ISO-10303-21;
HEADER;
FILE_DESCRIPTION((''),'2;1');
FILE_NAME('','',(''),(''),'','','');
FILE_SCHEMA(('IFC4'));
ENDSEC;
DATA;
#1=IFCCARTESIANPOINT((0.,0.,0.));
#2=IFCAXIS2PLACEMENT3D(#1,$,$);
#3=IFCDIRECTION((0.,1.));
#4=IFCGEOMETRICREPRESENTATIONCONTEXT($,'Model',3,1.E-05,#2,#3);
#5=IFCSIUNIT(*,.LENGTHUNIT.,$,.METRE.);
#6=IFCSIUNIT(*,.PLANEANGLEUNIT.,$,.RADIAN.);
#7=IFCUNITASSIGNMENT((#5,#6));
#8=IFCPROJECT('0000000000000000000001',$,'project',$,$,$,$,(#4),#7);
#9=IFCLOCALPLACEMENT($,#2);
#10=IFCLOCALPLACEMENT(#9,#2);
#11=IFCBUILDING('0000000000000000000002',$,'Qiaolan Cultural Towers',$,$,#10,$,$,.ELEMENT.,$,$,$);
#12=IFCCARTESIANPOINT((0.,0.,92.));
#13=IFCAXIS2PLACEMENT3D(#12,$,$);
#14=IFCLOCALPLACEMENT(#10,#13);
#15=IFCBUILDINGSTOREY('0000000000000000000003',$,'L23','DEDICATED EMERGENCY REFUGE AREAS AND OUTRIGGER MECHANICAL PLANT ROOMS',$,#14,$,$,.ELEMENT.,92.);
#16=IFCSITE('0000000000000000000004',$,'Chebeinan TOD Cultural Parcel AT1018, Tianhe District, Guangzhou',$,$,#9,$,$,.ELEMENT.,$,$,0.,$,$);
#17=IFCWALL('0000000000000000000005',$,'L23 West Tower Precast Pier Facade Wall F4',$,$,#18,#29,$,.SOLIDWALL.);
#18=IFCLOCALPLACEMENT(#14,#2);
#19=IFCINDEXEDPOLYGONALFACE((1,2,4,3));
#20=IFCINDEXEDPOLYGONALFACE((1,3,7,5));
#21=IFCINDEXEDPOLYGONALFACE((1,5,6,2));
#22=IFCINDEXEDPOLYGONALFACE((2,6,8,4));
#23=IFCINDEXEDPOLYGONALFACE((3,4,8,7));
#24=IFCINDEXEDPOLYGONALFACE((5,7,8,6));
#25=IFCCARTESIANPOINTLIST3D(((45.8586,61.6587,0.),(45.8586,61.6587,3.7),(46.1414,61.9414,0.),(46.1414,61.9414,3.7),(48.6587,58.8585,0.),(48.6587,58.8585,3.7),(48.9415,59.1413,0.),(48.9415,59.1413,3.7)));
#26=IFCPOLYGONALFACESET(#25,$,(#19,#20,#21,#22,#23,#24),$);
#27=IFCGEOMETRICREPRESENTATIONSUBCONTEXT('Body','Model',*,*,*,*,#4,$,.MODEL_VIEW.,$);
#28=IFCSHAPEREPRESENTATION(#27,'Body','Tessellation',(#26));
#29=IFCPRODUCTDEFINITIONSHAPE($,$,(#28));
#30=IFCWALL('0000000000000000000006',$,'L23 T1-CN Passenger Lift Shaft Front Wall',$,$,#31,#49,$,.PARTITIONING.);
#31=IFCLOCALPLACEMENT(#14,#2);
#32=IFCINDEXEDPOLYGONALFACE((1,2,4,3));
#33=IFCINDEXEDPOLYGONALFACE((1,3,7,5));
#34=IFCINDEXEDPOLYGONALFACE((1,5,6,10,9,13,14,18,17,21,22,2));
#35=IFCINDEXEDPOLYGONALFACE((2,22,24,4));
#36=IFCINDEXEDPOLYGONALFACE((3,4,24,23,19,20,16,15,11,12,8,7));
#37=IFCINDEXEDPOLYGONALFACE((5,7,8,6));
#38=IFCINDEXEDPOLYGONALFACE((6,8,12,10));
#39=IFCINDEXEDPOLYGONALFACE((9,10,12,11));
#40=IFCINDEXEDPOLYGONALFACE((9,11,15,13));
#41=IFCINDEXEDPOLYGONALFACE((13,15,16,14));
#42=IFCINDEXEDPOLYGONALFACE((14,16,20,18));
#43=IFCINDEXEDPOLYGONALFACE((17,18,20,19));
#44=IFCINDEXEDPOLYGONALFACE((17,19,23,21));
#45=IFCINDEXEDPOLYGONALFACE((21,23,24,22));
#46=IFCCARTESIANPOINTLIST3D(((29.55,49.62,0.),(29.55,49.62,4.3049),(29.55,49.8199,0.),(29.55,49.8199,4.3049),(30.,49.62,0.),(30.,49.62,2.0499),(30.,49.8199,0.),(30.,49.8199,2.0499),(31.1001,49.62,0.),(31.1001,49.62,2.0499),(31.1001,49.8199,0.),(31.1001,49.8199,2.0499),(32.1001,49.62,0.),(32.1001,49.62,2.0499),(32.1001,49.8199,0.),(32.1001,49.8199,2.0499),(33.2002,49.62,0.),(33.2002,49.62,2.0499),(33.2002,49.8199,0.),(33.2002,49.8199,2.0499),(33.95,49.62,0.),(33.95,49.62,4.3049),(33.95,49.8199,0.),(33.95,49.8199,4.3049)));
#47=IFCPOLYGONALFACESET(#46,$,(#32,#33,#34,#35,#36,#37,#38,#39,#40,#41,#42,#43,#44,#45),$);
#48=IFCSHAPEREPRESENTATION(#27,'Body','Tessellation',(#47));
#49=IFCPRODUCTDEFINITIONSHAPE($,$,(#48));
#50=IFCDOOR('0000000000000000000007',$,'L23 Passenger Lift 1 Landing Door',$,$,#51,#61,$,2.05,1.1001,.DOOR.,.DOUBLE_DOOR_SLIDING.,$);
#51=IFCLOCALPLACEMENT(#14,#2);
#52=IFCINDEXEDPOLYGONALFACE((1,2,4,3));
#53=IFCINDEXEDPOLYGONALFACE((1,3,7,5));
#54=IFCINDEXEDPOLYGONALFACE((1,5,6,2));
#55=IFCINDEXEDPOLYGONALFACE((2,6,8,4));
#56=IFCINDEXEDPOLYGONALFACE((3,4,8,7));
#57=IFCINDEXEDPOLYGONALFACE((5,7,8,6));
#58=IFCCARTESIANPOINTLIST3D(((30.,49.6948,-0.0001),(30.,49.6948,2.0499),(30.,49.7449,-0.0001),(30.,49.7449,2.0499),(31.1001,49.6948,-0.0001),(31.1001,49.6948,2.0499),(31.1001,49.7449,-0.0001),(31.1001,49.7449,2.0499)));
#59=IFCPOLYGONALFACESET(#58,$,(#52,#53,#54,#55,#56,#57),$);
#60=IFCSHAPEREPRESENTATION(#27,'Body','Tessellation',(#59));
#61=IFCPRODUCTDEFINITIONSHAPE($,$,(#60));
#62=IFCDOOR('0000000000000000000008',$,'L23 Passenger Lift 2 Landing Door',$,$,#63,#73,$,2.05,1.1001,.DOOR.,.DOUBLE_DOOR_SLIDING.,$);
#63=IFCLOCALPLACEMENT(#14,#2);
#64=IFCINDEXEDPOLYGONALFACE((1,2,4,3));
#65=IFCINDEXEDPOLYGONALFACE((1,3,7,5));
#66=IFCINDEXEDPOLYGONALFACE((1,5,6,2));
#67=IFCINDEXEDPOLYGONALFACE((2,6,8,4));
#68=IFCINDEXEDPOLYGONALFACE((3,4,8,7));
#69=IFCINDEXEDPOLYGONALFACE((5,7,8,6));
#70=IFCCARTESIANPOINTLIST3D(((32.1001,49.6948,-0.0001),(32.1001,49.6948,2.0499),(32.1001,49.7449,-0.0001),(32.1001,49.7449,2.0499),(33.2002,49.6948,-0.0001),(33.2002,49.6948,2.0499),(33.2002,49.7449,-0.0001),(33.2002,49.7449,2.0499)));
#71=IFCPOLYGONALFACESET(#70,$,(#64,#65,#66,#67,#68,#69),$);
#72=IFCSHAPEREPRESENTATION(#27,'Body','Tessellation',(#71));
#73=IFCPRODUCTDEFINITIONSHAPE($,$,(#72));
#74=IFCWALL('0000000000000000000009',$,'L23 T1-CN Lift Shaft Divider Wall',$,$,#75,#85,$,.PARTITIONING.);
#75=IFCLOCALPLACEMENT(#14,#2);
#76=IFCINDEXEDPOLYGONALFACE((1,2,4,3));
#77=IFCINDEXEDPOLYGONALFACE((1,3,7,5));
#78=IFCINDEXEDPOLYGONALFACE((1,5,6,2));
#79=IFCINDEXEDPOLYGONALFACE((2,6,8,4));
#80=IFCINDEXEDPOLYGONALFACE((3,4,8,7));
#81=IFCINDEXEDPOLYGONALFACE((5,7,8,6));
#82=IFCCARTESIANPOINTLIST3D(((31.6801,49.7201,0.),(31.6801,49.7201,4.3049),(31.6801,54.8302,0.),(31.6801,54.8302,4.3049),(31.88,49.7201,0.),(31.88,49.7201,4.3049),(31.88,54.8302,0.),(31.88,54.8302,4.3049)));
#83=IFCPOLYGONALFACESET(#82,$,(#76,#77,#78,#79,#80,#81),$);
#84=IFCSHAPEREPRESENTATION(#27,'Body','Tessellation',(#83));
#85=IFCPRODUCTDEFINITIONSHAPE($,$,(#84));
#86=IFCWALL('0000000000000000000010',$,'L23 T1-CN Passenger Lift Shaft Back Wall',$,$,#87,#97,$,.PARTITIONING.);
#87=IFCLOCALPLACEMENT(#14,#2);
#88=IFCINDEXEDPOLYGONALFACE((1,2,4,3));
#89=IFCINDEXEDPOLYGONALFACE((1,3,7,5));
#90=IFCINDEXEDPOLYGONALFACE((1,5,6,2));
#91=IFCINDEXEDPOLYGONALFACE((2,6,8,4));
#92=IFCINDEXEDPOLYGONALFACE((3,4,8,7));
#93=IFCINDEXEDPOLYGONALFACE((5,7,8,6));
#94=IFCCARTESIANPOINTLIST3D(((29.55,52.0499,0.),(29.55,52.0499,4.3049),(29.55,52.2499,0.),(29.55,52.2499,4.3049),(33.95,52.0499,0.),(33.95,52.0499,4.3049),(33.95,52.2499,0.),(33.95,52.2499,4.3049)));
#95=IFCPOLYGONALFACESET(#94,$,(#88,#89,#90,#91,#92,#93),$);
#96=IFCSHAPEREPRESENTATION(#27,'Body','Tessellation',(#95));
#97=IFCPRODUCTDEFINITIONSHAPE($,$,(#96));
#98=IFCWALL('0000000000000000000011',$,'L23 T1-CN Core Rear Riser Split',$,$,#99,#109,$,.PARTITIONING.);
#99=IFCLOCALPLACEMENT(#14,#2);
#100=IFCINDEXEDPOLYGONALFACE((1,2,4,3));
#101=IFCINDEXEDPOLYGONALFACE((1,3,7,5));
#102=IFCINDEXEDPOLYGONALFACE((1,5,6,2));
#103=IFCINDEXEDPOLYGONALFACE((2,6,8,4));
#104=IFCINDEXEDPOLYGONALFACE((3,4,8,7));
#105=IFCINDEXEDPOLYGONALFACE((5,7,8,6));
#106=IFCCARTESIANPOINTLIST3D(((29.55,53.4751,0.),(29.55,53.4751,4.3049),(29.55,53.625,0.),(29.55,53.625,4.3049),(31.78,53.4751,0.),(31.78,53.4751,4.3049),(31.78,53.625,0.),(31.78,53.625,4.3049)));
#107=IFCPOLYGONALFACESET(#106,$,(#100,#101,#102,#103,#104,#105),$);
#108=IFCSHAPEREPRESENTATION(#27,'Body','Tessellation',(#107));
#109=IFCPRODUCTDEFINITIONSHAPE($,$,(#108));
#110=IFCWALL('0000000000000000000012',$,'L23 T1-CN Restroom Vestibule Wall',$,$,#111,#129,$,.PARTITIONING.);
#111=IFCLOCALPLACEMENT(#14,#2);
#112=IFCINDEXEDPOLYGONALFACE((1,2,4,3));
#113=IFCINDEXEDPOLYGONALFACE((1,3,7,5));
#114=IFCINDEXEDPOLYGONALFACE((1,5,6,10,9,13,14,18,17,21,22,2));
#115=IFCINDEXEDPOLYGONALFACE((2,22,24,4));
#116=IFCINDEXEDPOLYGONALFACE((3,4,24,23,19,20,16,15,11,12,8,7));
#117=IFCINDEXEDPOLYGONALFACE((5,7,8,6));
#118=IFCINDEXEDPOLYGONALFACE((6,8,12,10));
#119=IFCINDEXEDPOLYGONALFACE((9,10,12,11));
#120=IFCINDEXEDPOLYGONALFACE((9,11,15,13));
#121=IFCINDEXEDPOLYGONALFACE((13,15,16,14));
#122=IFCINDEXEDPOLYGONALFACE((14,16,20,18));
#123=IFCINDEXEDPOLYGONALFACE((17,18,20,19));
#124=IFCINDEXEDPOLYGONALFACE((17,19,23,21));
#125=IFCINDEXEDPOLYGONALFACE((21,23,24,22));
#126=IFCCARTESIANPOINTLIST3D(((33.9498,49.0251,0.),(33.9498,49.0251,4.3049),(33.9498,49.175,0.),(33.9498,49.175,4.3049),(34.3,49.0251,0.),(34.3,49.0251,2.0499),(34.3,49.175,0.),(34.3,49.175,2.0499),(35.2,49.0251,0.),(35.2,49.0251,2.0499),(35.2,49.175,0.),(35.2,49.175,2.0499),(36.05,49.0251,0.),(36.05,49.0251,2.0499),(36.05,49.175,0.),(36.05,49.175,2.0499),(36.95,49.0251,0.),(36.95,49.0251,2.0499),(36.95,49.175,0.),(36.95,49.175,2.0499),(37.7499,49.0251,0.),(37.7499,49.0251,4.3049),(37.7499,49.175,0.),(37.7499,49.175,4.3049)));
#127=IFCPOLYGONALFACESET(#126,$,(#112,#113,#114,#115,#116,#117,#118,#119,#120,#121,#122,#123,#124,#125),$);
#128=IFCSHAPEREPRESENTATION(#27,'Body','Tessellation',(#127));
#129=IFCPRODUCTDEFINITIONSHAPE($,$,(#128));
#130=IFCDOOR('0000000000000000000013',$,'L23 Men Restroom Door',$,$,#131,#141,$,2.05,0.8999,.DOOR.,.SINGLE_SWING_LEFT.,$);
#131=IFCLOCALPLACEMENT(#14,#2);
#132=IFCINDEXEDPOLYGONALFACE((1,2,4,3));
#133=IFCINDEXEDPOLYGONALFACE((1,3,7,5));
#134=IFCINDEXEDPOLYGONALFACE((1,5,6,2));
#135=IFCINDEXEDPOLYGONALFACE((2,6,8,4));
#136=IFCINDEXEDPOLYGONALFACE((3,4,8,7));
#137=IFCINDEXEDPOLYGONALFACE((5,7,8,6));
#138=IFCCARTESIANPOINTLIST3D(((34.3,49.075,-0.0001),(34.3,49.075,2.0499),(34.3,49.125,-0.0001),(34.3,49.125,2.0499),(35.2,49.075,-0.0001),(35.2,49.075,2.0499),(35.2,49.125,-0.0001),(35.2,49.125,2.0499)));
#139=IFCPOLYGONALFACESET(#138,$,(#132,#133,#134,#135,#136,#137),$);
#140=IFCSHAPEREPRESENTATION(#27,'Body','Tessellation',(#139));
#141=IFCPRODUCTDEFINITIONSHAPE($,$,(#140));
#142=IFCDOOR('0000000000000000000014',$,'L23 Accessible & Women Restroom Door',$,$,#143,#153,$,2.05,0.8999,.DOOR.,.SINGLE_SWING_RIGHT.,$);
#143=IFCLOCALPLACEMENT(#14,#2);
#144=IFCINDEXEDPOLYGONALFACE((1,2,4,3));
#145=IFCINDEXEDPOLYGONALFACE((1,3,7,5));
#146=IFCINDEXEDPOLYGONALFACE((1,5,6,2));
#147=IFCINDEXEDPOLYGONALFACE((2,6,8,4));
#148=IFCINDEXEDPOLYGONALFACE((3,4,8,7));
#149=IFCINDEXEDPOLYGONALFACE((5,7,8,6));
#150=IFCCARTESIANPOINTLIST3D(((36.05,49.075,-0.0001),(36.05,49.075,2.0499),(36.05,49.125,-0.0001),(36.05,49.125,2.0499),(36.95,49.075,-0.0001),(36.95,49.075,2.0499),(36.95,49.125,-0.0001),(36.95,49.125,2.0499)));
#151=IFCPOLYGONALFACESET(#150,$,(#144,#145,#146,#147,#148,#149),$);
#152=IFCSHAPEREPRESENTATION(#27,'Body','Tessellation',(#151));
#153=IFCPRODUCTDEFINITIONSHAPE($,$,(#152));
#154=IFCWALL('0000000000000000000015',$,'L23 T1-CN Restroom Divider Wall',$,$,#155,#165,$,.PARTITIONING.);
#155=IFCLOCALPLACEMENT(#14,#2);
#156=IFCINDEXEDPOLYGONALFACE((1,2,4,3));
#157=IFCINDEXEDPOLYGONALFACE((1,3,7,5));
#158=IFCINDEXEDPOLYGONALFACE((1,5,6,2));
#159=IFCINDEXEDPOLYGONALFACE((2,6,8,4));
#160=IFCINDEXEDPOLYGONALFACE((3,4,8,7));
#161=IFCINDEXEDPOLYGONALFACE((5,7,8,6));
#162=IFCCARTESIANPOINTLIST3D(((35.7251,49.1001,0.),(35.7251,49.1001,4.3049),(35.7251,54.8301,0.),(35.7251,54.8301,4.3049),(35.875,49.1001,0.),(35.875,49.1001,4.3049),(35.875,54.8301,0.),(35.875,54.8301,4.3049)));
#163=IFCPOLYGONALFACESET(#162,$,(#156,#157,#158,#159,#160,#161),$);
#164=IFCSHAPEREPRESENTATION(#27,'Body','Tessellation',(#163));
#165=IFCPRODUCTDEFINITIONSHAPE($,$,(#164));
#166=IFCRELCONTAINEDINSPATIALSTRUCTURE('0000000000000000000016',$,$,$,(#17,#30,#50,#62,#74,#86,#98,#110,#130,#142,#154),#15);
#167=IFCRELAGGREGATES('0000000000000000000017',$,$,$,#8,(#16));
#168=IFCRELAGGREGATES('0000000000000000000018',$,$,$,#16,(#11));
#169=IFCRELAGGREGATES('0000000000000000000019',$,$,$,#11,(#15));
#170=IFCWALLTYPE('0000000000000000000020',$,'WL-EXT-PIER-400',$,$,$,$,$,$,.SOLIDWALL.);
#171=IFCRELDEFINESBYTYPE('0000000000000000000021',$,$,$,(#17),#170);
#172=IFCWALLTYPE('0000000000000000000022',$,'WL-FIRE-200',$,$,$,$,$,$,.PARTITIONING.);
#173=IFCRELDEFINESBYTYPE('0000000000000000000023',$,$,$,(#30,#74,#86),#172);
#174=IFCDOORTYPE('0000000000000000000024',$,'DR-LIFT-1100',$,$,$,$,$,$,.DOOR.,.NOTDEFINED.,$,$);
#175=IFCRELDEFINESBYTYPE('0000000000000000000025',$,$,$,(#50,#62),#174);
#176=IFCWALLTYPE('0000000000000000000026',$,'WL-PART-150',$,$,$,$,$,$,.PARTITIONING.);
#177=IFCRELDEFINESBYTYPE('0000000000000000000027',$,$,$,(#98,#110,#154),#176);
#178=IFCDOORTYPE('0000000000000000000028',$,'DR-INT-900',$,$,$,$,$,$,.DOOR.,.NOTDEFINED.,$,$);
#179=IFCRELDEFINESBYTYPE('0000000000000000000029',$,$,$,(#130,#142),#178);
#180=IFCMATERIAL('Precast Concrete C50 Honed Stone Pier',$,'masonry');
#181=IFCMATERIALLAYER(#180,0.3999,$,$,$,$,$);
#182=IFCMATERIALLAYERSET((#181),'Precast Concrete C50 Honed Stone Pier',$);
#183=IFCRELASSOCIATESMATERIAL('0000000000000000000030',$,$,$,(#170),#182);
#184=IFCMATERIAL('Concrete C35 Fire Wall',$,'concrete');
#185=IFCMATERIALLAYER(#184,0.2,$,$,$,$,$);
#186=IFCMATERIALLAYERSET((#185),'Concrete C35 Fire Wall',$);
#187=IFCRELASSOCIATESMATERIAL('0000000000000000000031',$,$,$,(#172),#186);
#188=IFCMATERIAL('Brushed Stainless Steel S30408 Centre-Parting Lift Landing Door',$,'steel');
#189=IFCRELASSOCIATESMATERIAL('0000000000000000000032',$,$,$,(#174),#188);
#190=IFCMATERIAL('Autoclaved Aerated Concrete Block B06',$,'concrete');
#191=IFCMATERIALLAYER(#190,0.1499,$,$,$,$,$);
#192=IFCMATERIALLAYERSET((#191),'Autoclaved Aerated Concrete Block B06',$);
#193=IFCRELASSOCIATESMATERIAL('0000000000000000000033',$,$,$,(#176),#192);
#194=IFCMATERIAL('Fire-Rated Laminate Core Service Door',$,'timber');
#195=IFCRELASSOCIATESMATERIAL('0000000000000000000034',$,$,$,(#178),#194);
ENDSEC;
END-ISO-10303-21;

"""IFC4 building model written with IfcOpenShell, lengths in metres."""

from ifc_helpers import new_model, si_unit, direction, frame, frame_2d, origin, place, context, subcontext, project, spatial, rectangle, extrude, material, layer, layer_set, type_object, element, fill, save


model = new_model("IFC4")

# Units and contexts
model_context = context("Model", 3, precision=1e-05, world=origin(), true_north=direction((0.0, 1.0)))
body_context = subcontext(model_context, "Body", "Model", "MODEL_VIEW")
ifc_project = project(units=[si_unit("LENGTHUNIT", "METRE"), si_unit("PLANEANGLEUNIT", "RADIAN")], contexts=[model_context])

# Site, building, storey
site_placement = place(None, origin())
site = spatial("IfcSite", under=ifc_project, at=site_placement, Name="Chebeinan TOD Cultural Parcel AT1018, Tianhe District, Guangzhou", CompositionType="ELEMENT", RefElevation=0.0)
building_placement = place(site_placement, origin())
building = spatial("IfcBuilding", under=site, at=building_placement, Name="Qiaolan Cultural Towers", CompositionType="ELEMENT")
storey_placement = place(building_placement, frame((0.0, 0.0, 92.0)))
storey = spatial("IfcBuildingStorey", under=building, at=storey_placement, Name="L23", Description="DEDICATED EMERGENCY REFUGE AREAS AND OUTRIGGER MECHANICAL PLANT ROOMS", CompositionType="ELEMENT", Elevation=92.0)

# Wall
ifc_material_1 = material(Name="Precast Concrete C50 Honed Stone Pier", Category="masonry")
ifc_layer_1 = layer(ifc_material_1, 0.3999)
ifc_layer_set_1 = layer_set([ifc_layer_1], Name="Precast Concrete C50 Honed Stone Pier")
wall_type_1 = type_object("IfcWallType", Name="WL-EXT-PIER-400", PredefinedType="SOLIDWALL", material=ifc_layer_set_1)
wall_1_placement = place(storey_placement, frame((46.0, 61.8, 0.0), z_axis=(0.0, 0.0, 1.0), x_axis=(0.707107, -0.707107, 0.0)))
element("IfcWall", 1, at=wall_1_placement, inside=storey, type_object=wall_type_1, Name="L23 West Tower Precast Pier Facade Wall F4", PredefinedType="SOLIDWALL", context=body_context, shape_type="SweptSolid", body=[
    extrude(rectangle(XDim=3.96, YDim=0.3999, at=frame_2d((1.98, 0.0))), origin(), (0.0, 0.0, 1.0), 3.7),
])

# Wall, openings, doors
ifc_material_2 = material(Name="Concrete C35 Fire Wall", Category="concrete")
ifc_layer_2 = layer(ifc_material_2, 0.2)
ifc_layer_set_2 = layer_set([ifc_layer_2], Name="Concrete C35 Fire Wall")
wall_type_2 = type_object("IfcWallType", Name="WL-FIRE-200", PredefinedType="PARTITIONING", material=ifc_layer_set_2)
wall_2_placement = place(storey_placement, frame((29.55, 49.72, 0.0), z_axis=(0.0, 0.0, 1.0), x_axis=(1.0, 0.0, 0.0)))
wall_2 = element("IfcWall", 2, at=wall_2_placement, inside=storey, type_object=wall_type_2, Name="L23 T1-CN Passenger Lift Shaft Front Wall", PredefinedType="PARTITIONING", context=body_context, shape_type="SweptSolid", body=[
    extrude(rectangle(XDim=4.3999, YDim=0.2, at=frame_2d((2.2, 0.0))), origin(), (0.0, 0.0, 1.0), 4.3049),
])
opening_1_placement = place(wall_2_placement, frame((0.45, 0.0, 0.0)))
opening_1 = element("IfcOpeningElement", 3, at=opening_1_placement, cuts=wall_2, PredefinedType="OPENING", context=body_context, shape_type="SweptSolid", body=[
    extrude(rectangle(XDim=1.1001, YDim=2.05, at=frame_2d((0.55, 1.0249))), frame((0.0, 0.1099, 0.0), z_axis=(0.0, -1.0, 0.0), x_axis=(1.0, 0.0, 0.0)), (0.0, 0.0, 1.0), 0.22),
])
opening_2_placement = place(wall_2_placement, frame((2.55, 0.0, 0.0)))
opening_2 = element("IfcOpeningElement", 4, at=opening_2_placement, cuts=wall_2, PredefinedType="OPENING", context=body_context, shape_type="SweptSolid", body=[
    extrude(rectangle(XDim=1.1001, YDim=2.05, at=frame_2d((0.55, 1.0249))), frame((0.0, 0.1099, 0.0), z_axis=(0.0, -1.0, 0.0), x_axis=(1.0, 0.0, 0.0)), (0.0, 0.0, 1.0), 0.22),
])
ifc_material_3 = material(Name="Brushed Stainless Steel S30408 Centre-Parting Lift Landing Door", Category="steel")
door_type_1 = type_object("IfcDoorType", Name="DR-LIFT-1100", OperationType="NOTDEFINED", PredefinedType="DOOR", material=ifc_material_3)
door_1_placement = place(opening_1_placement, origin())
door_1 = element("IfcDoor", 5, at=door_1_placement, inside=storey, type_object=door_type_1, Name="L23 Passenger Lift 1 Landing Door", OperationType="DOUBLE_DOOR_SLIDING", OverallHeight=2.05, OverallWidth=1.1001, PredefinedType="DOOR", context=body_context, shape_type="SweptSolid", body=[
    extrude(rectangle(XDim=1.1001, YDim=2.05, at=frame_2d((0.55, 1.0249))), frame((0.0, 0.0249, 0.0), z_axis=(0.0, -1.0, 0.0), x_axis=(1.0, 0.0, 0.0)), (0.0, 0.0, 1.0), 0.05),
])
fill(opening_1, door_1)
door_2_placement = place(opening_2_placement, origin())
door_2 = element("IfcDoor", 6, at=door_2_placement, inside=storey, type_object=door_type_1, Name="L23 Passenger Lift 2 Landing Door", OperationType="DOUBLE_DOOR_SLIDING", OverallHeight=2.05, OverallWidth=1.1001, PredefinedType="DOOR", context=body_context, shape_type="SweptSolid", body=[
    extrude(rectangle(XDim=1.1001, YDim=2.05, at=frame_2d((0.55, 1.0249))), frame((0.0, 0.0249, 0.0), z_axis=(0.0, -1.0, 0.0), x_axis=(1.0, 0.0, 0.0)), (0.0, 0.0, 1.0), 0.05),
])
fill(opening_2, door_2)

# Walls
wall_3_placement = place(storey_placement, frame((31.78, 49.72, 0.0), z_axis=(0.0, 0.0, 1.0), x_axis=(0.0, 1.0, 0.0)))
element("IfcWall", 7, at=wall_3_placement, inside=storey, type_object=wall_type_2, Name="L23 T1-CN Lift Shaft Divider Wall", PredefinedType="PARTITIONING", context=body_context, shape_type="SweptSolid", body=[
    extrude(rectangle(XDim=5.1101, YDim=0.2, at=frame_2d((2.5552, 0.0))), origin(), (0.0, 0.0, 1.0), 4.3049),
])
wall_4_placement = place(storey_placement, frame((29.55, 52.1499, 0.0), z_axis=(0.0, 0.0, 1.0), x_axis=(1.0, 0.0, 0.0)))
element("IfcWall", 8, at=wall_4_placement, inside=storey, type_object=wall_type_2, Name="L23 T1-CN Passenger Lift Shaft Back Wall", PredefinedType="PARTITIONING", context=body_context, shape_type="SweptSolid", body=[
    extrude(rectangle(XDim=4.3999, YDim=0.2, at=frame_2d((2.2, 0.0))), origin(), (0.0, 0.0, 1.0), 4.3049),
])
ifc_material_4 = material(Name="Autoclaved Aerated Concrete Block B06", Category="concrete")
ifc_layer_3 = layer(ifc_material_4, 0.1499)
ifc_layer_set_3 = layer_set([ifc_layer_3], Name="Autoclaved Aerated Concrete Block B06")
wall_type_3 = type_object("IfcWallType", Name="WL-PART-150", PredefinedType="PARTITIONING", material=ifc_layer_set_3)
wall_5_placement = place(storey_placement, frame((29.55, 53.55, 0.0), z_axis=(0.0, 0.0, 1.0), x_axis=(1.0, 0.0, 0.0)))
element("IfcWall", 9, at=wall_5_placement, inside=storey, type_object=wall_type_3, Name="L23 T1-CN Core Rear Riser Split", PredefinedType="PARTITIONING", context=body_context, shape_type="SweptSolid", body=[
    extrude(rectangle(XDim=2.23, YDim=0.1499, at=frame_2d((1.115, 0.0))), origin(), (0.0, 0.0, 1.0), 4.3049),
])

# Wall, openings, doors
wall_6_placement = place(storey_placement, frame((33.95, 49.1001, 0.0), z_axis=(0.0, 0.0, 1.0), x_axis=(1.0, 0.0, 0.0)))
wall_6 = element("IfcWall", 10, at=wall_6_placement, inside=storey, type_object=wall_type_3, Name="L23 T1-CN Restroom Vestibule Wall", PredefinedType="PARTITIONING", context=body_context, shape_type="SweptSolid", body=[
    extrude(rectangle(XDim=3.8, YDim=0.1499, at=frame_2d((1.8999, 0.0))), origin(), (0.0, 0.0, 1.0), 4.3049),
])
opening_3_placement = place(wall_6_placement, frame((0.3501, 0.0, 0.0)))
opening_3 = element("IfcOpeningElement", 11, at=opening_3_placement, cuts=wall_6, PredefinedType="OPENING", context=body_context, shape_type="SweptSolid", body=[
    extrude(rectangle(XDim=0.8999, YDim=2.05, at=frame_2d((0.45, 1.0249))), frame((0.0, 0.085, 0.0), z_axis=(0.0, -1.0, 0.0), x_axis=(1.0, 0.0, 0.0)), (0.0, 0.0, 1.0), 0.1699),
])
opening_4_placement = place(wall_6_placement, frame((2.1001, 0.0, 0.0)))
opening_4 = element("IfcOpeningElement", 12, at=opening_4_placement, cuts=wall_6, PredefinedType="OPENING", context=body_context, shape_type="SweptSolid", body=[
    extrude(rectangle(XDim=0.8999, YDim=2.05, at=frame_2d((0.45, 1.0249))), frame((0.0, 0.085, 0.0), z_axis=(0.0, -1.0, 0.0), x_axis=(1.0, 0.0, 0.0)), (0.0, 0.0, 1.0), 0.1699),
])
ifc_material_5 = material(Name="Fire-Rated Laminate Core Service Door", Category="timber")
door_type_2 = type_object("IfcDoorType", Name="DR-INT-900", OperationType="NOTDEFINED", PredefinedType="DOOR", material=ifc_material_5)
door_3_placement = place(opening_3_placement, origin())
door_3 = element("IfcDoor", 13, at=door_3_placement, inside=storey, type_object=door_type_2, Name="L23 Men Restroom Door", OperationType="SINGLE_SWING_LEFT", OverallHeight=2.05, OverallWidth=0.8999, PredefinedType="DOOR", context=body_context, shape_type="SweptSolid", body=[
    extrude(rectangle(XDim=0.8999, YDim=2.05, at=frame_2d((0.45, 1.0249))), frame((0.0, 0.0249, 0.0), z_axis=(0.0, -1.0, 0.0), x_axis=(1.0, 0.0, 0.0)), (0.0, 0.0, 1.0), 0.05),
])
fill(opening_3, door_3)
door_4_placement = place(opening_4_placement, origin())
door_4 = element("IfcDoor", 14, at=door_4_placement, inside=storey, type_object=door_type_2, Name="L23 Accessible & Women Restroom Door", OperationType="SINGLE_SWING_RIGHT", OverallHeight=2.05, OverallWidth=0.8999, PredefinedType="DOOR", context=body_context, shape_type="SweptSolid", body=[
    extrude(rectangle(XDim=0.8999, YDim=2.05, at=frame_2d((0.45, 1.0249))), frame((0.0, 0.0249, 0.0), z_axis=(0.0, -1.0, 0.0), x_axis=(1.0, 0.0, 0.0)), (0.0, 0.0, 1.0), 0.05),
])
fill(opening_4, door_4)

# Wall
wall_7_placement = place(storey_placement, frame((35.8, 49.1001, 0.0), z_axis=(0.0, 0.0, 1.0), x_axis=(0.0, 1.0, 0.0)))
element("IfcWall", 15, at=wall_7_placement, inside=storey, type_object=wall_type_3, Name="L23 T1-CN Restroom Divider Wall", PredefinedType="PARTITIONING", context=body_context, shape_type="SweptSolid", body=[
    extrude(rectangle(XDim=5.73, YDim=0.1499, at=frame_2d((2.865, 0.0))), origin(), (0.0, 0.0, 1.0), 4.3049),
])

save(model, "model.ifc")
